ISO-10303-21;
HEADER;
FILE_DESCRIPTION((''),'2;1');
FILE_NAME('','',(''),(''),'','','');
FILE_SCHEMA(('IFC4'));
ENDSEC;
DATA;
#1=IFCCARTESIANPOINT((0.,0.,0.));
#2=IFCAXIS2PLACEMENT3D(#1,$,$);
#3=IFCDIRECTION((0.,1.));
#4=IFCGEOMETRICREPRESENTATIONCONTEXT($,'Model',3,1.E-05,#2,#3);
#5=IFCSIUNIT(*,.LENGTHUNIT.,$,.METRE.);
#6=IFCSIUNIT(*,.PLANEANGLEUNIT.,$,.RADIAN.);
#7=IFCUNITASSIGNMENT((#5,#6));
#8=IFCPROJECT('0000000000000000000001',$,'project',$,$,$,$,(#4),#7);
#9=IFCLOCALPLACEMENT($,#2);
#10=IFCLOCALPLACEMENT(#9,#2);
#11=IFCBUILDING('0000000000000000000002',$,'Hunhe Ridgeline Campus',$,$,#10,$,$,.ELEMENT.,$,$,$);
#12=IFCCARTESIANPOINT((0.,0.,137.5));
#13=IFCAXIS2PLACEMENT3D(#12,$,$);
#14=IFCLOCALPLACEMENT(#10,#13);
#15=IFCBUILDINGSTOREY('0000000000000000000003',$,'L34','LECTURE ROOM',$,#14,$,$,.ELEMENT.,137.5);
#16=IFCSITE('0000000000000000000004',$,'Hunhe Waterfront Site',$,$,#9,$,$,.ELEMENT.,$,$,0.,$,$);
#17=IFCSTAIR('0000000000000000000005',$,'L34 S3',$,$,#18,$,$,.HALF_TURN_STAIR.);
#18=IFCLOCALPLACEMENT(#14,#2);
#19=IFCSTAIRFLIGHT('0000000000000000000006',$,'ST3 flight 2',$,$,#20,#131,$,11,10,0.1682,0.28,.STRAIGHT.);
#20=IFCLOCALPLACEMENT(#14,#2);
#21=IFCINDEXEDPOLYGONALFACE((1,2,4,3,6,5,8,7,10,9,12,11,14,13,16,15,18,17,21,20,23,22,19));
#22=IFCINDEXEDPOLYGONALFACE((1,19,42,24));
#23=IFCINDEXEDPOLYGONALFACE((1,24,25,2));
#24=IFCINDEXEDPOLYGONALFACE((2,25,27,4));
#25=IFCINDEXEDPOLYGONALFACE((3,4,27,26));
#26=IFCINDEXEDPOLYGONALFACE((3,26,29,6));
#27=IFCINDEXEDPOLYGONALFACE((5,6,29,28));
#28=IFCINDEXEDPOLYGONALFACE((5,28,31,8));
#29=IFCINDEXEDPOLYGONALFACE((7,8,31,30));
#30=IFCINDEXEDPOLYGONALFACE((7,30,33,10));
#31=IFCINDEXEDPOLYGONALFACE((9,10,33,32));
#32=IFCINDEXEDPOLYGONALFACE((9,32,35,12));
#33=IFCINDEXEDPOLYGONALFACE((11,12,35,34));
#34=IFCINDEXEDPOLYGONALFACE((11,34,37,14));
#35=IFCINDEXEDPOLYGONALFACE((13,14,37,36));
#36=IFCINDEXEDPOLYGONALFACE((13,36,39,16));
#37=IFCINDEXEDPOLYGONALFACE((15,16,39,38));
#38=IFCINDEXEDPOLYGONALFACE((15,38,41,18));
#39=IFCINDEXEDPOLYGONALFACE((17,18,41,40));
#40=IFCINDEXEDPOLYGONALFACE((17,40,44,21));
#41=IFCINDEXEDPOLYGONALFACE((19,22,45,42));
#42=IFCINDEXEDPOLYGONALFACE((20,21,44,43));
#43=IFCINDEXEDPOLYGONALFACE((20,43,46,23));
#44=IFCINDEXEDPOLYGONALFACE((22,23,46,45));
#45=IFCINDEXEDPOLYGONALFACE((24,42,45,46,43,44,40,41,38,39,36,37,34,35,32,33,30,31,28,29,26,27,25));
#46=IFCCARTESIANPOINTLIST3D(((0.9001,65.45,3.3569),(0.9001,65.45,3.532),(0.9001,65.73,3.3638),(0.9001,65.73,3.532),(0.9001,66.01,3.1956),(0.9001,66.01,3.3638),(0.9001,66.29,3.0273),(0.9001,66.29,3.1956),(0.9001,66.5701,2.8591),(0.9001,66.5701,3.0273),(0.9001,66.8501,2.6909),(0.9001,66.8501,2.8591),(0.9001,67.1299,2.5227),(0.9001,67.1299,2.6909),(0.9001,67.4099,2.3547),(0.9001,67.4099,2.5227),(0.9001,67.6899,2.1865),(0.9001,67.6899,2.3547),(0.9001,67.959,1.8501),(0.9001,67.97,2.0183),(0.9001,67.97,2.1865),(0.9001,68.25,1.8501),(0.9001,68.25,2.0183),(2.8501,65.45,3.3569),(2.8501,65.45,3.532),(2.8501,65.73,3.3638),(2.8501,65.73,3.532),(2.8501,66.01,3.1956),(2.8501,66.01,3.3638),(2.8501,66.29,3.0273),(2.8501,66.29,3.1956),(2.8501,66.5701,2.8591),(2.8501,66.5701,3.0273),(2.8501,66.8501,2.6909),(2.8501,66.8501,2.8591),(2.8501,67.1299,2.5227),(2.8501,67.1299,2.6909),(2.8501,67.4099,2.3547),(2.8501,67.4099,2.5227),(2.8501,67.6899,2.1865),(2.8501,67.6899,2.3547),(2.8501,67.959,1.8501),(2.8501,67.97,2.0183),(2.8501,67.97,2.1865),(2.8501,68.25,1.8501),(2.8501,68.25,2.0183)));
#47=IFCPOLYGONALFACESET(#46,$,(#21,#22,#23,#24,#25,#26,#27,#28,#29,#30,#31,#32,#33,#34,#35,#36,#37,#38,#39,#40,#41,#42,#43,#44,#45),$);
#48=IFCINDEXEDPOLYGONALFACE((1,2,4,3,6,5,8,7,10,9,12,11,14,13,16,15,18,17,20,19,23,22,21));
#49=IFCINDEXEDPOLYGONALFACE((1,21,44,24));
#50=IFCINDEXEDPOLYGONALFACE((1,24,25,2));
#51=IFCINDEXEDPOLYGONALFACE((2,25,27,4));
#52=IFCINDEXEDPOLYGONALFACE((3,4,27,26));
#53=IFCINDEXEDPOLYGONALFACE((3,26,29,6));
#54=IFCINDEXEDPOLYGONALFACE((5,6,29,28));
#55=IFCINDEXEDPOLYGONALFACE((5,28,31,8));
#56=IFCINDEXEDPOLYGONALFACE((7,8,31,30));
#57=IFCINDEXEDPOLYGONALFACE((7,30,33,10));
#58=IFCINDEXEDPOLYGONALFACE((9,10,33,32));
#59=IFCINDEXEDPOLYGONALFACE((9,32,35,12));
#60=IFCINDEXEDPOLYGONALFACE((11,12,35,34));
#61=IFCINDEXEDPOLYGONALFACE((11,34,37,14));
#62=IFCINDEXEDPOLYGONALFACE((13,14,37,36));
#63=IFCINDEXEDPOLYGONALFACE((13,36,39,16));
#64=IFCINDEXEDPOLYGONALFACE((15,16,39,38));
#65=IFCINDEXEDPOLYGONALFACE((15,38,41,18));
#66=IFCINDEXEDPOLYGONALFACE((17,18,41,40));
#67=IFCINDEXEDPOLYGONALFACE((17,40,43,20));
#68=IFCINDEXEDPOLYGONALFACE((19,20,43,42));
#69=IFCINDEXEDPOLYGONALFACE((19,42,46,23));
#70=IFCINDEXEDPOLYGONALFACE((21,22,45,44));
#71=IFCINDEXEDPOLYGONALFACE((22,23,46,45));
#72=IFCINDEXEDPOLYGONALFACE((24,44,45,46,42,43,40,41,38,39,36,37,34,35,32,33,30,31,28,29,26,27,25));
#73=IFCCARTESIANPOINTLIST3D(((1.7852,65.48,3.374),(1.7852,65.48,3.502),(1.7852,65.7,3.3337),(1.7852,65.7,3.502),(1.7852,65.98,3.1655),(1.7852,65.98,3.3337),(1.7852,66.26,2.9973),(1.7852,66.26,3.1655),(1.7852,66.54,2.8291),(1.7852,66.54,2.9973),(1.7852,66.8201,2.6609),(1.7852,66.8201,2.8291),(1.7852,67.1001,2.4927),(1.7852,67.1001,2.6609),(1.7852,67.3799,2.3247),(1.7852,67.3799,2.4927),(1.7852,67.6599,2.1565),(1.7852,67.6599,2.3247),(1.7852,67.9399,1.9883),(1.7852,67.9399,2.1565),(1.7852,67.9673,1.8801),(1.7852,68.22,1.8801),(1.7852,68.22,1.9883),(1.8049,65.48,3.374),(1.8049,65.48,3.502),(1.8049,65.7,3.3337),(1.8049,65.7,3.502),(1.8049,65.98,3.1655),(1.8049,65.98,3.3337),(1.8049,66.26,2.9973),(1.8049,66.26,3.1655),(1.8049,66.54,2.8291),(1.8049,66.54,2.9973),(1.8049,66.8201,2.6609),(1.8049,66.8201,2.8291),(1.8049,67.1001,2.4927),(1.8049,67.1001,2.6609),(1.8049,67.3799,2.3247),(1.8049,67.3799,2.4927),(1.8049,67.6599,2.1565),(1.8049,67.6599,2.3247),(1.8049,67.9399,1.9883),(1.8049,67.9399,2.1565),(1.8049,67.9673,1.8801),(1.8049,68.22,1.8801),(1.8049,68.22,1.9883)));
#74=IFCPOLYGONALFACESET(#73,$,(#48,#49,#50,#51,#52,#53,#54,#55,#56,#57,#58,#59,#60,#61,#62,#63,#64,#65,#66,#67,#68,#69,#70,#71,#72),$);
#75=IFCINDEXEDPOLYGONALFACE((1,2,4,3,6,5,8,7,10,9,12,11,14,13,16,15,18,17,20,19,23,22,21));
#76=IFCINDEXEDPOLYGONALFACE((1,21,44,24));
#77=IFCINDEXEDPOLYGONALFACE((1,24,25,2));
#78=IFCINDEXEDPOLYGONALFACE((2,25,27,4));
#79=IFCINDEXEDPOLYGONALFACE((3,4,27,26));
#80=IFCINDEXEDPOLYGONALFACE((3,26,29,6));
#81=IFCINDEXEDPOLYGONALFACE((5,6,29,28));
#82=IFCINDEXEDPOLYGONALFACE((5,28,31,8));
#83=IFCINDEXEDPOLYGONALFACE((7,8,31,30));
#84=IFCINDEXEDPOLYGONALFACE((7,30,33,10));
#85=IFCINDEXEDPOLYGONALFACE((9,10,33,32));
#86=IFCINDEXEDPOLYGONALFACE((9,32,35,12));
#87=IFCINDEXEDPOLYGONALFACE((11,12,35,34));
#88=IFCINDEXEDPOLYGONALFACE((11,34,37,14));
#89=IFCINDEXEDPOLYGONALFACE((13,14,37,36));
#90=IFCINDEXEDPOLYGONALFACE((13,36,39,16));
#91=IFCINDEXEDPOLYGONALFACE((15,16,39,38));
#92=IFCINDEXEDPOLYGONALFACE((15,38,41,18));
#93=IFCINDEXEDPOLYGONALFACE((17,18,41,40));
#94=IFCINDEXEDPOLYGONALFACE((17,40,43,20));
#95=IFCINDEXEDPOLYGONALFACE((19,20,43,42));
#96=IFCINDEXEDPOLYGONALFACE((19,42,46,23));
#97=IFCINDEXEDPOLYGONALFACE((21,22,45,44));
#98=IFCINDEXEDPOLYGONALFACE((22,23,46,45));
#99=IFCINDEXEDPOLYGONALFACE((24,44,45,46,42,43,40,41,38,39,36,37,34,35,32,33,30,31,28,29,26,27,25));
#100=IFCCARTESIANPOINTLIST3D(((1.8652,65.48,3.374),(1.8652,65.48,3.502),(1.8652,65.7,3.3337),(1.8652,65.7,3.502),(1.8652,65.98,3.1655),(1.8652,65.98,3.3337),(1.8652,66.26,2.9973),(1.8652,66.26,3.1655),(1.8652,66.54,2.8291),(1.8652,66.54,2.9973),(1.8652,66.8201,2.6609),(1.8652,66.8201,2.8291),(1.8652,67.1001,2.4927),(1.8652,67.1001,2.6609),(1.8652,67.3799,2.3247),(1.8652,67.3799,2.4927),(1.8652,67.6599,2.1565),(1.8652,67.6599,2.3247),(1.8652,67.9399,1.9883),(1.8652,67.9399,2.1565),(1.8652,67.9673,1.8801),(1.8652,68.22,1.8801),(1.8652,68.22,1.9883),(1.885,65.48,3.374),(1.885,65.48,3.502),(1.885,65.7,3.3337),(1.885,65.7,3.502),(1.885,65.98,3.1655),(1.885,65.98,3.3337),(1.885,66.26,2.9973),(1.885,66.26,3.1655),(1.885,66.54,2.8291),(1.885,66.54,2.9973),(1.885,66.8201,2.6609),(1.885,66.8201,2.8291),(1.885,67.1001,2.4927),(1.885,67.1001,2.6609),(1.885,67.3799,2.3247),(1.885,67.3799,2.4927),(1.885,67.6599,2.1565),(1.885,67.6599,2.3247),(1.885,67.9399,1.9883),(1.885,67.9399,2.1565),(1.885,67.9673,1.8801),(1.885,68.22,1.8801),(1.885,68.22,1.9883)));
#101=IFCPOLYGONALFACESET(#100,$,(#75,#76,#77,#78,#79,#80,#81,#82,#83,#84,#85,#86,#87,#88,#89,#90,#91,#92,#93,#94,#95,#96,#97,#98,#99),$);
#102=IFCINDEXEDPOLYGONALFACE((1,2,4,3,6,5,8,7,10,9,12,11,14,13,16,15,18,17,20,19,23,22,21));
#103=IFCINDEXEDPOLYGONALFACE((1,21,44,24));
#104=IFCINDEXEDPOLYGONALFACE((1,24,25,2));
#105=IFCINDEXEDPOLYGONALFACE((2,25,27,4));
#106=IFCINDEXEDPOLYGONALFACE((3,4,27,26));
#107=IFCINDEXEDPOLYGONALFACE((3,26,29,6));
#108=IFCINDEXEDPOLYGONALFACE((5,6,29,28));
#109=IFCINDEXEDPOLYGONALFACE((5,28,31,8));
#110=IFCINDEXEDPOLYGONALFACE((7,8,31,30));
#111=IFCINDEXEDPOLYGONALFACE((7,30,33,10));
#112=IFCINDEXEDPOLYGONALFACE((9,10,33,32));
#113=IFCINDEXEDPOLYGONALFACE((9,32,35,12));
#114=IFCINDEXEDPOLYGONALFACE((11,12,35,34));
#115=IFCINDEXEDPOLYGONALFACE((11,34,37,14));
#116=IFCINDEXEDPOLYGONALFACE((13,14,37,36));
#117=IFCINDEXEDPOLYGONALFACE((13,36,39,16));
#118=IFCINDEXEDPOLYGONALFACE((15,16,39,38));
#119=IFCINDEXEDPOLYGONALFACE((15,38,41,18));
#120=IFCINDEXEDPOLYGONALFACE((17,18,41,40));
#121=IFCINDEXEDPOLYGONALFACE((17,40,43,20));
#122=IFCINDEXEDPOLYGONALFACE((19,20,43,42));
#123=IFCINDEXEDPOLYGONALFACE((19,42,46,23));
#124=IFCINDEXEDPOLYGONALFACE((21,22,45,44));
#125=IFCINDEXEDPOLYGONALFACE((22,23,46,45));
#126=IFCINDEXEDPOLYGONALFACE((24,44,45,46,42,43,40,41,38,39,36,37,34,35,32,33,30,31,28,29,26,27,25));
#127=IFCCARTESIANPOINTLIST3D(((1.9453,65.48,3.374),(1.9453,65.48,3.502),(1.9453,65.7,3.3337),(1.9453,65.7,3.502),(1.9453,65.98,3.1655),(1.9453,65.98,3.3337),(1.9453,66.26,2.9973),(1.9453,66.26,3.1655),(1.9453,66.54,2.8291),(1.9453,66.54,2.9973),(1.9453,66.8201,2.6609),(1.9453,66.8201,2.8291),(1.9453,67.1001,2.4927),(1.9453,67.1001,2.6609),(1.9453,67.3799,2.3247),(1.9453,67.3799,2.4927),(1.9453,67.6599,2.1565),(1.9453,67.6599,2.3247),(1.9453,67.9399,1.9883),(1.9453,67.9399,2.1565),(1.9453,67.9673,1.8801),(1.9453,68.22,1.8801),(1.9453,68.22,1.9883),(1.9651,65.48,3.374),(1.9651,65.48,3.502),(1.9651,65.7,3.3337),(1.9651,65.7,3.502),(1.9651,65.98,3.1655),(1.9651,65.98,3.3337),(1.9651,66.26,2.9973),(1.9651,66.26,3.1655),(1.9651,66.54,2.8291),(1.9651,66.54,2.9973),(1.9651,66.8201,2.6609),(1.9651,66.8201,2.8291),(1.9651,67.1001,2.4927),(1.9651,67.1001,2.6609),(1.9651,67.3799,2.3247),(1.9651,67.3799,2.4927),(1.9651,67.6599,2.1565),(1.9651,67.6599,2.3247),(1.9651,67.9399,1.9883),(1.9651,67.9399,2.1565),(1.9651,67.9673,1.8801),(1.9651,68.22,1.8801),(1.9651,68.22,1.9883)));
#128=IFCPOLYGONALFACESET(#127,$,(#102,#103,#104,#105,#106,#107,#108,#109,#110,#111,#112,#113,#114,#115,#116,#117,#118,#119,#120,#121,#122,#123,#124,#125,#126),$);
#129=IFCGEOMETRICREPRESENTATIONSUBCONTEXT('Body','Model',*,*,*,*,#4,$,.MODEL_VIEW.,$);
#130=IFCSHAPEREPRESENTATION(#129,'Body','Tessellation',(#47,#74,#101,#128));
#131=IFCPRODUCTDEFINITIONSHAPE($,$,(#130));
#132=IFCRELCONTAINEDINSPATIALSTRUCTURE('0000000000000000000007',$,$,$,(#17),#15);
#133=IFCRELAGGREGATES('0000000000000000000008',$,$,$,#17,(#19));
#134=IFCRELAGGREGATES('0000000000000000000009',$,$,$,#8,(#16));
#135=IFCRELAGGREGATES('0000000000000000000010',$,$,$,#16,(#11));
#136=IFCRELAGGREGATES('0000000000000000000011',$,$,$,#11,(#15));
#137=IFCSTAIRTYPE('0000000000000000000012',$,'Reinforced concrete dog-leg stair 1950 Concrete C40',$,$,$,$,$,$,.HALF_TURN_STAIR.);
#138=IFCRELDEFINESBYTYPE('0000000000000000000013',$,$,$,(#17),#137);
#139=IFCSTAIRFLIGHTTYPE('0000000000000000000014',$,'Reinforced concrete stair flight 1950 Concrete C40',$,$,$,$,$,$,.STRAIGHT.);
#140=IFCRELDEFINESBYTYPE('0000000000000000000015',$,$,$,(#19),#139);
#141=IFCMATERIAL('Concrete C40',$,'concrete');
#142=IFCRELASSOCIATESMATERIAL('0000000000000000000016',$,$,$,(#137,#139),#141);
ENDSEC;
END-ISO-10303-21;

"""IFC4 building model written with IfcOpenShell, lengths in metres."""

from ifc_helpers import new_model, si_unit, direction, frame, origin, place, context, subcontext, project, spatial, polyline, outline, extrude, material, type_object, element, aggregate, save


model = new_model("IFC4")

# Units and contexts
model_context = context("Model", 3, precision=1e-05, world=origin(), true_north=direction((0.0, 1.0)))
body_context = subcontext(model_context, "Body", "Model", "MODEL_VIEW")
ifc_project = project(units=[si_unit("LENGTHUNIT", "METRE"), si_unit("PLANEANGLEUNIT", "RADIAN")], contexts=[model_context])

# Site, building, storey
site_placement = place(None, origin())
site = spatial("IfcSite", under=ifc_project, at=site_placement, Name="Hunhe Waterfront Site", CompositionType="ELEMENT", RefElevation=0.0)
building_placement = place(site_placement, origin())
building = spatial("IfcBuilding", under=site, at=building_placement, Name="Hunhe Ridgeline Campus", CompositionType="ELEMENT")
storey_placement = place(building_placement, frame((0.0, 0.0, 137.5)))
storey = spatial("IfcBuildingStorey", under=building, at=storey_placement, Name="L34", Description="LECTURE ROOM", CompositionType="ELEMENT", Elevation=137.5)

# Stair, stair flight
ifc_material_1 = material(Name="Concrete C40", Category="concrete")
stair_type = type_object("IfcStairType", Name="Reinforced concrete dog-leg stair 1950 Concrete C40", PredefinedType="HALF_TURN_STAIR", material=ifc_material_1)
stair_1_placement = place(storey_placement, origin())
stair_1 = element("IfcStair", 1, at=stair_1_placement, inside=storey, type_object=stair_type, Name="L34 S3", PredefinedType="HALF_TURN_STAIR")
stair_flight_type = type_object("IfcStairFlightType", Name="Reinforced concrete stair flight 1950 Concrete C40", PredefinedType="STRAIGHT", material=ifc_material_1)
stair_flight_1_placement = place(storey_placement, frame((1.875, 68.25, 1.8501), z_axis=(0.0, 0.0, 1.0), x_axis=(0.0, -1.0, 0.0)))
stair_flight_1 = element("IfcStairFlight", 2, at=stair_flight_1_placement, type_object=stair_flight_type, Name="ST3 flight 2", NumberOfRisers=11, NumberOfTreads=10, PredefinedType="STRAIGHT", RiserHeight=0.1682, TreadLength=0.28, context=body_context, shape_type="SweptSolid", body=[
    extrude(outline(polyline([(0.0, 0.0), (0.0, 0.1682), (0.28, 0.1682), (0.28, 0.3364), (0.5601, 0.3364), (0.5601, 0.5046), (0.8401, 0.5046), (0.8401, 0.6726), (1.1201, 0.6726), (1.1201, 0.8408), (1.3999, 0.8408), (1.3999, 1.009), (1.6799, 1.009), (1.6799, 1.1772), (1.96, 1.1772), (1.96, 1.3455), (2.24, 1.3455), (2.24, 1.5137), (2.52, 1.5137), (2.52, 1.6819), (2.8, 1.6819), (2.8, 1.8501), (2.8, 1.5068), (0.291, 0.0), (0.0, 0.0)])), frame((0.0, 0.9751, 0.0), z_axis=(0.0, -1.0, 0.0), x_axis=(1.0, 0.0, 0.0)), (0.0, 0.0, 1.0), 1.95),
    extrude(outline(polyline([(0.03, 0.03), (0.03, 0.1382), (0.3101, 0.1382), (0.3101, 0.3064), (0.5901, 0.3064), (0.5901, 0.4746), (0.8701, 0.4746), (0.8701, 0.6426), (1.1499, 0.6426), (1.1499, 0.8108), (1.4299, 0.8108), (1.4299, 0.979), (1.71, 0.979), (1.71, 1.1472), (1.99, 1.1472), (1.99, 1.3154), (2.27, 1.3154), (2.27, 1.4836), (2.55, 1.4836), (2.55, 1.6519), (2.77, 1.6519), (2.77, 1.5239), (0.2827, 0.03), (0.03, 0.03)])), frame((0.0, -0.0701, 0.0), z_axis=(0.0, -1.0, 0.0), x_axis=(1.0, 0.0, 0.0)), (0.0, 0.0, 1.0), 0.0198),
    extrude(outline(polyline([(0.03, 0.03), (0.03, 0.1382), (0.3101, 0.1382), (0.3101, 0.3064), (0.5901, 0.3064), (0.5901, 0.4746), (0.8701, 0.4746), (0.8701, 0.6426), (1.1499, 0.6426), (1.1499, 0.8108), (1.4299, 0.8108), (1.4299, 0.979), (1.71, 0.979), (1.71, 1.1472), (1.99, 1.1472), (1.99, 1.3154), (2.27, 1.3154), (2.27, 1.4836), (2.55, 1.4836), (2.55, 1.6519), (2.77, 1.6519), (2.77, 1.5239), (0.2827, 0.03), (0.03, 0.03)])), frame((0.0, 0.01, 0.0), z_axis=(0.0, -1.0, 0.0), x_axis=(1.0, 0.0, 0.0)), (0.0, 0.0, 1.0), 0.0198),
    extrude(outline(polyline([(0.03, 0.03), (0.03, 0.1382), (0.3101, 0.1382), (0.3101, 0.3064), (0.5901, 0.3064), (0.5901, 0.4746), (0.8701, 0.4746), (0.8701, 0.6426), (1.1499, 0.6426), (1.1499, 0.8108), (1.4299, 0.8108), (1.4299, 0.979), (1.71, 0.979), (1.71, 1.1472), (1.99, 1.1472), (1.99, 1.3154), (2.27, 1.3154), (2.27, 1.4836), (2.55, 1.4836), (2.55, 1.6519), (2.77, 1.6519), (2.77, 1.5239), (0.2827, 0.03), (0.03, 0.03)])), frame((0.0, 0.0901, 0.0), z_axis=(0.0, -1.0, 0.0), x_axis=(1.0, 0.0, 0.0)), (0.0, 0.0, 1.0), 0.0198),
])
aggregate(stair_1, [stair_flight_1])

save(model, "model.ifc")
